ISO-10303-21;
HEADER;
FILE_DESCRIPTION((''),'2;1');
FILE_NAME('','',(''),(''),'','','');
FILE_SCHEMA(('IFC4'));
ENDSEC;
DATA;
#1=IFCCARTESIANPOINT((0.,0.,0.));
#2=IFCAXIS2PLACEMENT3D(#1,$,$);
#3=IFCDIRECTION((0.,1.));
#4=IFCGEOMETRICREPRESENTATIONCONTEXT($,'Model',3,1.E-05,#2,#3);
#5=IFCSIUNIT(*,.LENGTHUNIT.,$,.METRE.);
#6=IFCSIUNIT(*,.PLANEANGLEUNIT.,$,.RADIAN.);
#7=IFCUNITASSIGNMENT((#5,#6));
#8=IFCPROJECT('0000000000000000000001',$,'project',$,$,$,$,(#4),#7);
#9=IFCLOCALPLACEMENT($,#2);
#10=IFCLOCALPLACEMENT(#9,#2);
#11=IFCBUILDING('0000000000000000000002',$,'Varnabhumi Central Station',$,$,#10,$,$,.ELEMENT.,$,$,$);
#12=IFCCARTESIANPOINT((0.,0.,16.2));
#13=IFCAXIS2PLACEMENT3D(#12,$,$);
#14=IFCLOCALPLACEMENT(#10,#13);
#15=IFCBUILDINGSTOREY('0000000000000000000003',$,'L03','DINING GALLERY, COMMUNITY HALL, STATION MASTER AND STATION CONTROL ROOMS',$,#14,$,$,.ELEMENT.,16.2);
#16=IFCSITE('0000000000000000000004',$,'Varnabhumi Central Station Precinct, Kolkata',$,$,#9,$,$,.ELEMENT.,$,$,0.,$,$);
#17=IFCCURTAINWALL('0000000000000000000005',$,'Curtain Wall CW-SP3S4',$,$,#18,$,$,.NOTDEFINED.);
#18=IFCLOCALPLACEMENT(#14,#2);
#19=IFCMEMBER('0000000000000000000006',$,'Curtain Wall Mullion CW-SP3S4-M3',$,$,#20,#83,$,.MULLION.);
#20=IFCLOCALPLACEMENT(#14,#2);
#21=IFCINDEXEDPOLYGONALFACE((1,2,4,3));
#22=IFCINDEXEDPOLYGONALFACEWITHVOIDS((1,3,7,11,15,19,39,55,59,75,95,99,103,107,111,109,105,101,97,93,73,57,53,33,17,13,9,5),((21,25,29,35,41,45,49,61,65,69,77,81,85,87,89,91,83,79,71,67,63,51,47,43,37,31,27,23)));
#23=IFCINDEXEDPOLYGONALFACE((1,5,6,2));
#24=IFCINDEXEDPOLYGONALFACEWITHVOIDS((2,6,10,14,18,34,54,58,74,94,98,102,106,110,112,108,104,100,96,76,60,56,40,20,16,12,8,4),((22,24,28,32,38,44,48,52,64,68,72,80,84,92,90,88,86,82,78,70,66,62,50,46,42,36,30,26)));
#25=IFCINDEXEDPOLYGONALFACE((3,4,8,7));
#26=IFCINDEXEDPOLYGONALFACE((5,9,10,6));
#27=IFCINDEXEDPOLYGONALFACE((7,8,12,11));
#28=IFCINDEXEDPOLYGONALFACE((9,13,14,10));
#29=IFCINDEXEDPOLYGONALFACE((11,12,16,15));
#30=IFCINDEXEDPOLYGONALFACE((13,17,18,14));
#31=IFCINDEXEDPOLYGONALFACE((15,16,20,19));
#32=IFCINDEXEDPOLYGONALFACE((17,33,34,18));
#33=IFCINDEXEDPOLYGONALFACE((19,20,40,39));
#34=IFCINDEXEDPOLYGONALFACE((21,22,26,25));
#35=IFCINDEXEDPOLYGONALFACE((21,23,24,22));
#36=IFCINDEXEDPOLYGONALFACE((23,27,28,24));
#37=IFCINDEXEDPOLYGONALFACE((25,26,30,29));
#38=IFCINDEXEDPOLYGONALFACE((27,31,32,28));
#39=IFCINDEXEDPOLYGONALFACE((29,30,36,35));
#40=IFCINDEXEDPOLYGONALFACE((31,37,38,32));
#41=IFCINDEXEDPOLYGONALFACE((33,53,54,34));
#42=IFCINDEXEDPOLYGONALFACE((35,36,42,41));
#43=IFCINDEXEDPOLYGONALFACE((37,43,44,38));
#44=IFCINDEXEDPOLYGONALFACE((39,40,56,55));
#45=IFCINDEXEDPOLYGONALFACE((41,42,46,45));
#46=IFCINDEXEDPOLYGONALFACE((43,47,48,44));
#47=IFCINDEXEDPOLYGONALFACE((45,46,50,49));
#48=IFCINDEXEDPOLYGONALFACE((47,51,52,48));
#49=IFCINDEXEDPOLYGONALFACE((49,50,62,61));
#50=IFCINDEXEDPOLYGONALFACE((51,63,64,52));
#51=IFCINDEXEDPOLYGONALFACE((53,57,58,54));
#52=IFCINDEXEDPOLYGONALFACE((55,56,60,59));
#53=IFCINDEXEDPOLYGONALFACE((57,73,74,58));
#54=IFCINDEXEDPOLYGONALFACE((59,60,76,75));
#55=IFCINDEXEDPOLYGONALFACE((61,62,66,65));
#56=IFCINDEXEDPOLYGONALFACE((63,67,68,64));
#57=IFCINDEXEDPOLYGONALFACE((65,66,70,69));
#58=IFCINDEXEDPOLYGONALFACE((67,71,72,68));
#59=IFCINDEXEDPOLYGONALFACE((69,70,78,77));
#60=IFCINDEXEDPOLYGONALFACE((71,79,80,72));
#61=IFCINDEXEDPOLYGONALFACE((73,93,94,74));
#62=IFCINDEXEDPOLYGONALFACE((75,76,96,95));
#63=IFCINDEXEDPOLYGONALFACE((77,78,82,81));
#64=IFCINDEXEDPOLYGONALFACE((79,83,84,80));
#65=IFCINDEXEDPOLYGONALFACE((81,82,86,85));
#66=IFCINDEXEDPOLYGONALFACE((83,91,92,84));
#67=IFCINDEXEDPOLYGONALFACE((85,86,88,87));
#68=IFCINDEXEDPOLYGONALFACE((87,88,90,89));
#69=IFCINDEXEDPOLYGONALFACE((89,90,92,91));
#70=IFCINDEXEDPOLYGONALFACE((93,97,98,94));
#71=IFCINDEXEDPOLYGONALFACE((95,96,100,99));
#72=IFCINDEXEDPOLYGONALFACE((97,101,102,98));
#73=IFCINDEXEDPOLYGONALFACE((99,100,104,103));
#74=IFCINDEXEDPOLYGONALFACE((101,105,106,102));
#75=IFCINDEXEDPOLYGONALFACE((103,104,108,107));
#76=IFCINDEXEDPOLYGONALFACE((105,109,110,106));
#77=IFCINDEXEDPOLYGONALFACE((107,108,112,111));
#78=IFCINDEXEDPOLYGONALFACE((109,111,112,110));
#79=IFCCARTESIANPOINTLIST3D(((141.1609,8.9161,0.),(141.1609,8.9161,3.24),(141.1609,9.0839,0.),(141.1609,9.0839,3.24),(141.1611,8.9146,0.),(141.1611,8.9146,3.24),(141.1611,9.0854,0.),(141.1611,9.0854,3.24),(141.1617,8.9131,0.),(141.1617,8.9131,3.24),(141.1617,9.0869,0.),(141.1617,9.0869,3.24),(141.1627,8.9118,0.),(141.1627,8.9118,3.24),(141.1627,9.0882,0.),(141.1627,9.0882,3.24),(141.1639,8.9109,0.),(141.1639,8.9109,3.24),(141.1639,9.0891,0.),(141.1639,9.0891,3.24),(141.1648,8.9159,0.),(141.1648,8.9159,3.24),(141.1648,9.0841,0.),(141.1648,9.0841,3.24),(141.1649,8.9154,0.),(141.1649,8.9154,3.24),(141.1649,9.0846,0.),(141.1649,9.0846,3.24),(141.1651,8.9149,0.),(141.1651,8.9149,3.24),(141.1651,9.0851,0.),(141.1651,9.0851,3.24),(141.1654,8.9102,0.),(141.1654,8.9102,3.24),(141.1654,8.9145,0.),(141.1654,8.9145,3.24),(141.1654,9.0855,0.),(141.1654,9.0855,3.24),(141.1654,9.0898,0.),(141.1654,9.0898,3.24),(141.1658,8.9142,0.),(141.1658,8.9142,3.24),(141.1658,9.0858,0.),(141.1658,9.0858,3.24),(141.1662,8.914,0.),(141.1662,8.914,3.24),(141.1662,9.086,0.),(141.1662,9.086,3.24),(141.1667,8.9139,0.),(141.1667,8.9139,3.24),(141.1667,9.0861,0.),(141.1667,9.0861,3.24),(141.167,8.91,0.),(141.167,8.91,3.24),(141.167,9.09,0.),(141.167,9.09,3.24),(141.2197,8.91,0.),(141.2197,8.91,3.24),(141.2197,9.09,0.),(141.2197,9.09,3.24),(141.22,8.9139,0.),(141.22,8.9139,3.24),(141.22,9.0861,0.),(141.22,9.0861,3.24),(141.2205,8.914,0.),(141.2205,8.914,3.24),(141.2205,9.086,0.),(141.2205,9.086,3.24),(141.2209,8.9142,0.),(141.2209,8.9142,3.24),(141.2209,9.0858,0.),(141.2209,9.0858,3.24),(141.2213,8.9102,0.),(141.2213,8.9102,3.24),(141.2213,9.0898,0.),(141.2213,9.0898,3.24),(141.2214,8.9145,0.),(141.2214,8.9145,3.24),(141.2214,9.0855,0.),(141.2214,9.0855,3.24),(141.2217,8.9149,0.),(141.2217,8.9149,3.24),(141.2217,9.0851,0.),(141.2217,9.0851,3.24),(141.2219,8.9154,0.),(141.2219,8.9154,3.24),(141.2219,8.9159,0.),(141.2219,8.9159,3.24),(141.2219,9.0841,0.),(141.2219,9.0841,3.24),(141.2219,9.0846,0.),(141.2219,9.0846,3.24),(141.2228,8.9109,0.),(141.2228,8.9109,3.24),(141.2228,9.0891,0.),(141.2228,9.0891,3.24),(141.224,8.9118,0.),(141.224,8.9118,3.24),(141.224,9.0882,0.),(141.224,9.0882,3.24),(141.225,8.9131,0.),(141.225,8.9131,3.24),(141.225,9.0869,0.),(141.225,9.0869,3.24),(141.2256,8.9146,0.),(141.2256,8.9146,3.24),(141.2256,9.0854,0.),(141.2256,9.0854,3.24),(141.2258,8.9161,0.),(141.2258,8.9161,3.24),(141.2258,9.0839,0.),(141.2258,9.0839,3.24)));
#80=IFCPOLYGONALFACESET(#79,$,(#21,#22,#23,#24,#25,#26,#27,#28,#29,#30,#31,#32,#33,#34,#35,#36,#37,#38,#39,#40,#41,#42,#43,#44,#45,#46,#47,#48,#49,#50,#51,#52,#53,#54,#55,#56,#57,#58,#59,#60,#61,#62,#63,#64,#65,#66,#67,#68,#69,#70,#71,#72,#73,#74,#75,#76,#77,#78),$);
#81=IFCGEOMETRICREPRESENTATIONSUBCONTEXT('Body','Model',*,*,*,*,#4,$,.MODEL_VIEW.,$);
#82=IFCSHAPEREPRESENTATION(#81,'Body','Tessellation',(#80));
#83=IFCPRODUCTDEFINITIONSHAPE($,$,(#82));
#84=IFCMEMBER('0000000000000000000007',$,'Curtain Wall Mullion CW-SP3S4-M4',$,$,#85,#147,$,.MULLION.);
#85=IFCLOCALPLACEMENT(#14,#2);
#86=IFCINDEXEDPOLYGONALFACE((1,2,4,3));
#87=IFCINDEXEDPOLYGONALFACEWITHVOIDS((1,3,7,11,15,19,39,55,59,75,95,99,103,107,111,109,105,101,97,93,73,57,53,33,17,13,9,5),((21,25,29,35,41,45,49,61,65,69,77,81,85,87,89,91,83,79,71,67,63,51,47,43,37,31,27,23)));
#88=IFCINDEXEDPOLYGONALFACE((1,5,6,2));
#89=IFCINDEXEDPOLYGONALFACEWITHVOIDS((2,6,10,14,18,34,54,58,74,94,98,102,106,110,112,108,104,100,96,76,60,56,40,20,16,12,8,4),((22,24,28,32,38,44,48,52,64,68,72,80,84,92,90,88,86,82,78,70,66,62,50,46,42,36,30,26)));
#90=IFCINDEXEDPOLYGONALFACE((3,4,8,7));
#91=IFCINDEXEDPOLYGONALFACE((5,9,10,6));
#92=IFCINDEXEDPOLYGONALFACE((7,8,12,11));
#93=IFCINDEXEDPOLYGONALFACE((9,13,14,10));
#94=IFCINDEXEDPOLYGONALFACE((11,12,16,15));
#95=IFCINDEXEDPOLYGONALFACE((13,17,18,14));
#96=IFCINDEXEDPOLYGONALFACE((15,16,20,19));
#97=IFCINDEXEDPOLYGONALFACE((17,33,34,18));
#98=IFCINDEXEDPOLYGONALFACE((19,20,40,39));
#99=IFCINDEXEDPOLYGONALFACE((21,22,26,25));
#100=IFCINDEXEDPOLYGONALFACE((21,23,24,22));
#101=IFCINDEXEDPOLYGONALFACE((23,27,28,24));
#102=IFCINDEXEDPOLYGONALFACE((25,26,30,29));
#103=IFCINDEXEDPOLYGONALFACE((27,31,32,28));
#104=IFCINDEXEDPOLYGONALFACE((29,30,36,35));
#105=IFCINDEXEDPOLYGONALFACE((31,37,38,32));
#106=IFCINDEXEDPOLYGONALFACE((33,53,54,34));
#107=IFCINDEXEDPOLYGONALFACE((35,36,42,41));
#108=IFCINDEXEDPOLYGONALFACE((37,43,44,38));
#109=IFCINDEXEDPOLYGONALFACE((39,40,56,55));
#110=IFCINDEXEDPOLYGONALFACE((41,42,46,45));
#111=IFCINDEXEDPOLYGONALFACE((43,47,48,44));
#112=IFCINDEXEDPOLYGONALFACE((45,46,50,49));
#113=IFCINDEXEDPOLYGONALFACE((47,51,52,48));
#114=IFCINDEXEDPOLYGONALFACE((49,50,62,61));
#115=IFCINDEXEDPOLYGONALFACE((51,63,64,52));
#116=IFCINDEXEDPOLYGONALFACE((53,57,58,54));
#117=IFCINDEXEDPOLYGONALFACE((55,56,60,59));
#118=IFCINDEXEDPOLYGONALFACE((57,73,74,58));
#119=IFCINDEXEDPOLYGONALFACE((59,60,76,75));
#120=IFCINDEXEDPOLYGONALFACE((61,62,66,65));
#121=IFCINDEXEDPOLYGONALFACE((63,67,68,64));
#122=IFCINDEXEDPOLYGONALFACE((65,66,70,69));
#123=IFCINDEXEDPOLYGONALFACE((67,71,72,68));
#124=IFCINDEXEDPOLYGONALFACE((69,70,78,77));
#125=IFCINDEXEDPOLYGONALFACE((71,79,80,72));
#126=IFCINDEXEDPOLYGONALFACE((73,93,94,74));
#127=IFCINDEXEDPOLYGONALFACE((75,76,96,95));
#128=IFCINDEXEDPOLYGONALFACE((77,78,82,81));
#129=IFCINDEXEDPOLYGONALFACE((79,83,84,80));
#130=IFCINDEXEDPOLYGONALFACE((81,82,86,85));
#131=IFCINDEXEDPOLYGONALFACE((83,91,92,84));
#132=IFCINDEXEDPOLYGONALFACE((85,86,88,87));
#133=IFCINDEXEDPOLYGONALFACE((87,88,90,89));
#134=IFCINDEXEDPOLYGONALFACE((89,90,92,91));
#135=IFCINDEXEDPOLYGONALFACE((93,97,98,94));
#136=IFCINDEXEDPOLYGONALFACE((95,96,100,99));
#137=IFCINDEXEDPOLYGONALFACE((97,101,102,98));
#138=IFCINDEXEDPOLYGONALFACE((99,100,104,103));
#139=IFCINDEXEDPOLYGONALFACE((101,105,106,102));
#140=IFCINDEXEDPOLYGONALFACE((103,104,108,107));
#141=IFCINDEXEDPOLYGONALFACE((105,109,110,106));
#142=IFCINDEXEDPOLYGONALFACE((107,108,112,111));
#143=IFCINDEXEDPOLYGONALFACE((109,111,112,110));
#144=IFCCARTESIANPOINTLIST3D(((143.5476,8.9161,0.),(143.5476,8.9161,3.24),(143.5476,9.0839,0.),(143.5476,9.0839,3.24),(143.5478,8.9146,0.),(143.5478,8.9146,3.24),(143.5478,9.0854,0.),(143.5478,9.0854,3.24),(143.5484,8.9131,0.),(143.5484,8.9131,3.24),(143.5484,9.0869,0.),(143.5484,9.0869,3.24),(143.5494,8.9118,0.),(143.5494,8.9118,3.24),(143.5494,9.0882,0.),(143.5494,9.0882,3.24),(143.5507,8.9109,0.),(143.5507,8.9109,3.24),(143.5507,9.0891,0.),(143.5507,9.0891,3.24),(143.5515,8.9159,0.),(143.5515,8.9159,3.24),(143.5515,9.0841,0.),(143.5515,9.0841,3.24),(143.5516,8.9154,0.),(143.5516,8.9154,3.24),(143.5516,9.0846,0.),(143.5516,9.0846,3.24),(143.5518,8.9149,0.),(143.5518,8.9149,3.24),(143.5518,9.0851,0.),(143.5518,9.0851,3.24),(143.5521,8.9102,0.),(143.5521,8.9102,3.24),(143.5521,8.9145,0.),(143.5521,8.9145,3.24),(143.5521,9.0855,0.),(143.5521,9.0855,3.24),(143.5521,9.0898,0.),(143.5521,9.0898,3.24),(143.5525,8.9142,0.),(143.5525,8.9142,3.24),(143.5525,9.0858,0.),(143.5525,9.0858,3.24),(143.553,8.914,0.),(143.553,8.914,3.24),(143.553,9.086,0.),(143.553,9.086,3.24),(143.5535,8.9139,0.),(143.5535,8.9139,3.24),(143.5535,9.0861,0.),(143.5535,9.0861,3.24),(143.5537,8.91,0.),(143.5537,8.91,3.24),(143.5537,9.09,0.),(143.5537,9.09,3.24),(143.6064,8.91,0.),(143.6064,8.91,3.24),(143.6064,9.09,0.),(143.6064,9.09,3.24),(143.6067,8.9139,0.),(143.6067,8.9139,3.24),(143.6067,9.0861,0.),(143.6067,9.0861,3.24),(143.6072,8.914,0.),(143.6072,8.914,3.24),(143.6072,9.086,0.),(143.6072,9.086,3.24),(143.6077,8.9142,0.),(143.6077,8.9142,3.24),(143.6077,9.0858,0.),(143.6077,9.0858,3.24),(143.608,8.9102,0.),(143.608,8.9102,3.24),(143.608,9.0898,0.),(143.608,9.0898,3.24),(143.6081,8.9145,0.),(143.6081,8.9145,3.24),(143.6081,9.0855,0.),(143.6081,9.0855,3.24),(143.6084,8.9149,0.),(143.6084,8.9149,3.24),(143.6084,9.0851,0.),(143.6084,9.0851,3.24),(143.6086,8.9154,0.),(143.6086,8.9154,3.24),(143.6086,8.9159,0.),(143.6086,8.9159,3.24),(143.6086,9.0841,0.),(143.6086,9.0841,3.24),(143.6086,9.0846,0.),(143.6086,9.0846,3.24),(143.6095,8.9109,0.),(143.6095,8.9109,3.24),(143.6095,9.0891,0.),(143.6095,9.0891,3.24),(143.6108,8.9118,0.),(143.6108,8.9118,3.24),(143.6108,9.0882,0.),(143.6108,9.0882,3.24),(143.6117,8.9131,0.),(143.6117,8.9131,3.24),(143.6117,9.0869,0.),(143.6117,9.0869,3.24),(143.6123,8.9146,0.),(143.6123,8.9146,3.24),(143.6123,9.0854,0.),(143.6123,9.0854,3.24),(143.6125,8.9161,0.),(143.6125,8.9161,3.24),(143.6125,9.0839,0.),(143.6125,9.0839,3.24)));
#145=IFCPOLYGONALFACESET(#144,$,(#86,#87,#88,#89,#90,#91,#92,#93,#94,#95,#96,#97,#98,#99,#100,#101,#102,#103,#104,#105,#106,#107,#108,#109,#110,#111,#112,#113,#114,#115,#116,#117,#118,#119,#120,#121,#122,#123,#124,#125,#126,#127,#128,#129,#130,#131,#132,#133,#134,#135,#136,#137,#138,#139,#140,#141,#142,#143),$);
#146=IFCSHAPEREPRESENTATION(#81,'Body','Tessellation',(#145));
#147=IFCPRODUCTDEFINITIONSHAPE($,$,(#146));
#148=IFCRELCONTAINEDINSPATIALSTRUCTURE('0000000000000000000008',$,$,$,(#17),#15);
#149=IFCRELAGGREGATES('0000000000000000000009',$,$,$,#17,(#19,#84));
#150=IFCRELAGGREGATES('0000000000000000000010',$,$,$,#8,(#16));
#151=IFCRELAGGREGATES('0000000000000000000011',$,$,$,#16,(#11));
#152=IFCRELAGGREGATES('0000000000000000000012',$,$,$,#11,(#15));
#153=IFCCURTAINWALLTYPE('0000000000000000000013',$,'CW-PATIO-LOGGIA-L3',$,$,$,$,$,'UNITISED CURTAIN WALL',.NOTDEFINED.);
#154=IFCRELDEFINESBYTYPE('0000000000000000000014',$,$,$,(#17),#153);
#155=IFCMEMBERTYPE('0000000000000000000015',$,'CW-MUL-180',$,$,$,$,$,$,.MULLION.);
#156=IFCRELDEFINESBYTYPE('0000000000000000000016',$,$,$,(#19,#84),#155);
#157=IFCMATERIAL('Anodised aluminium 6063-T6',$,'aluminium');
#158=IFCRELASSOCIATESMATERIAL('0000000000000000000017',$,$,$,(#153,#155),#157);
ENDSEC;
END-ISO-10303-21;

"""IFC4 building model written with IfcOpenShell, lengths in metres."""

from ifc_helpers import new_model, si_unit, direction, frame, origin, origin_2d, place, context, subcontext, project, spatial, hollow_rectangle, extrude, material, material_profile, profile_set, type_object, element, aggregate, save


model = new_model("IFC4")

# Units and contexts
model_context = context("Model", 3, precision=1e-05, world=origin(), true_north=direction((0.0, 1.0)))
body_context = subcontext(model_context, "Body", "Model", "MODEL_VIEW")
ifc_project = project(units=[si_unit("LENGTHUNIT", "METRE"), si_unit("PLANEANGLEUNIT", "RADIAN")], contexts=[model_context])

# Site, building, storey
site_placement = place(None, origin())
site = spatial("IfcSite", under=ifc_project, at=site_placement, Name="Varnabhumi Central Station Precinct, Kolkata", CompositionType="ELEMENT", RefElevation=0.0)
building_placement = place(site_placement, origin())
building = spatial("IfcBuilding", under=site, at=building_placement, Name="Varnabhumi Central Station", CompositionType="ELEMENT")
storey_placement = place(building_placement, frame((0.0, 0.0, 16.2)))
storey = spatial("IfcBuildingStorey", under=building, at=storey_placement, Name="L03", Description="DINING GALLERY, COMMUNITY HALL, STATION MASTER AND STATION CONTROL ROOMS", CompositionType="ELEMENT", Elevation=16.2)

# Shared definitions
ifc_material_1 = material(Name="Anodised aluminium 6063-T6", Category="aluminium")
curtain_wall_type = type_object("IfcCurtainWallType", Name="CW-PATIO-LOGGIA-L3", ElementType="UNITISED CURTAIN WALL", PredefinedType="NOTDEFINED", material=ifc_material_1)
ifc_material_profile_1 = material_profile(ifc_material_1, hollow_rectangle(XDim=0.0649, YDim=0.1799, WallThickness=0.0039, InnerFilletRadius=0.002, OuterFilletRadius=0.0061, at=origin_2d()), Name="Anodised aluminium 6063-T6", Category="aluminium")
ifc_profile_set_1 = profile_set([ifc_material_profile_1], Name="Anodised aluminium 6063-T6")
member_type_1 = type_object("IfcMemberType", Name="CW-MUL-180", PredefinedType="MULLION", material=ifc_profile_set_1)

# Curtain wall, members
curtain_wall_1_placement = place(storey_placement, origin())
curtain_wall_1 = element("IfcCurtainWall", 1, at=curtain_wall_1_placement, inside=storey, type_object=curtain_wall_type, Name="Curtain Wall CW-SP3S4", PredefinedType="NOTDEFINED")
member_1_placement = place(storey_placement, frame((141.1934, 9.0, 0.0), z_axis=(0.0, 0.0, 1.0), x_axis=(1.0, 0.0, 0.0)))
member_1 = element("IfcMember", 2, at=member_1_placement, type_object=member_type_1, Name="Curtain Wall Mullion CW-SP3S4-M3", PredefinedType="MULLION", context=body_context, shape_type="SweptSolid", body=[
    extrude(hollow_rectangle(XDim=0.0649, YDim=0.1799, WallThickness=0.0039, InnerFilletRadius=0.002, OuterFilletRadius=0.0061, at=origin_2d()), origin(), (0.0, 0.0, 1.0), 3.24),
])
member_2_placement = place(storey_placement, frame((143.5801, 9.0, 0.0), z_axis=(0.0, 0.0, 1.0), x_axis=(1.0, 0.0, 0.0)))
member_2 = element("IfcMember", 3, at=member_2_placement, type_object=member_type_1, Name="Curtain Wall Mullion CW-SP3S4-M4", PredefinedType="MULLION", context=body_context, shape_type="SweptSolid", body=[
    extrude(hollow_rectangle(XDim=0.0649, YDim=0.1799, WallThickness=0.0039, InnerFilletRadius=0.002, OuterFilletRadius=0.0061, at=origin_2d()), origin(), (0.0, 0.0, 1.0), 3.24),
])

aggregate(curtain_wall_1, [member_1, member_2])

save(model, "model.ifc")
